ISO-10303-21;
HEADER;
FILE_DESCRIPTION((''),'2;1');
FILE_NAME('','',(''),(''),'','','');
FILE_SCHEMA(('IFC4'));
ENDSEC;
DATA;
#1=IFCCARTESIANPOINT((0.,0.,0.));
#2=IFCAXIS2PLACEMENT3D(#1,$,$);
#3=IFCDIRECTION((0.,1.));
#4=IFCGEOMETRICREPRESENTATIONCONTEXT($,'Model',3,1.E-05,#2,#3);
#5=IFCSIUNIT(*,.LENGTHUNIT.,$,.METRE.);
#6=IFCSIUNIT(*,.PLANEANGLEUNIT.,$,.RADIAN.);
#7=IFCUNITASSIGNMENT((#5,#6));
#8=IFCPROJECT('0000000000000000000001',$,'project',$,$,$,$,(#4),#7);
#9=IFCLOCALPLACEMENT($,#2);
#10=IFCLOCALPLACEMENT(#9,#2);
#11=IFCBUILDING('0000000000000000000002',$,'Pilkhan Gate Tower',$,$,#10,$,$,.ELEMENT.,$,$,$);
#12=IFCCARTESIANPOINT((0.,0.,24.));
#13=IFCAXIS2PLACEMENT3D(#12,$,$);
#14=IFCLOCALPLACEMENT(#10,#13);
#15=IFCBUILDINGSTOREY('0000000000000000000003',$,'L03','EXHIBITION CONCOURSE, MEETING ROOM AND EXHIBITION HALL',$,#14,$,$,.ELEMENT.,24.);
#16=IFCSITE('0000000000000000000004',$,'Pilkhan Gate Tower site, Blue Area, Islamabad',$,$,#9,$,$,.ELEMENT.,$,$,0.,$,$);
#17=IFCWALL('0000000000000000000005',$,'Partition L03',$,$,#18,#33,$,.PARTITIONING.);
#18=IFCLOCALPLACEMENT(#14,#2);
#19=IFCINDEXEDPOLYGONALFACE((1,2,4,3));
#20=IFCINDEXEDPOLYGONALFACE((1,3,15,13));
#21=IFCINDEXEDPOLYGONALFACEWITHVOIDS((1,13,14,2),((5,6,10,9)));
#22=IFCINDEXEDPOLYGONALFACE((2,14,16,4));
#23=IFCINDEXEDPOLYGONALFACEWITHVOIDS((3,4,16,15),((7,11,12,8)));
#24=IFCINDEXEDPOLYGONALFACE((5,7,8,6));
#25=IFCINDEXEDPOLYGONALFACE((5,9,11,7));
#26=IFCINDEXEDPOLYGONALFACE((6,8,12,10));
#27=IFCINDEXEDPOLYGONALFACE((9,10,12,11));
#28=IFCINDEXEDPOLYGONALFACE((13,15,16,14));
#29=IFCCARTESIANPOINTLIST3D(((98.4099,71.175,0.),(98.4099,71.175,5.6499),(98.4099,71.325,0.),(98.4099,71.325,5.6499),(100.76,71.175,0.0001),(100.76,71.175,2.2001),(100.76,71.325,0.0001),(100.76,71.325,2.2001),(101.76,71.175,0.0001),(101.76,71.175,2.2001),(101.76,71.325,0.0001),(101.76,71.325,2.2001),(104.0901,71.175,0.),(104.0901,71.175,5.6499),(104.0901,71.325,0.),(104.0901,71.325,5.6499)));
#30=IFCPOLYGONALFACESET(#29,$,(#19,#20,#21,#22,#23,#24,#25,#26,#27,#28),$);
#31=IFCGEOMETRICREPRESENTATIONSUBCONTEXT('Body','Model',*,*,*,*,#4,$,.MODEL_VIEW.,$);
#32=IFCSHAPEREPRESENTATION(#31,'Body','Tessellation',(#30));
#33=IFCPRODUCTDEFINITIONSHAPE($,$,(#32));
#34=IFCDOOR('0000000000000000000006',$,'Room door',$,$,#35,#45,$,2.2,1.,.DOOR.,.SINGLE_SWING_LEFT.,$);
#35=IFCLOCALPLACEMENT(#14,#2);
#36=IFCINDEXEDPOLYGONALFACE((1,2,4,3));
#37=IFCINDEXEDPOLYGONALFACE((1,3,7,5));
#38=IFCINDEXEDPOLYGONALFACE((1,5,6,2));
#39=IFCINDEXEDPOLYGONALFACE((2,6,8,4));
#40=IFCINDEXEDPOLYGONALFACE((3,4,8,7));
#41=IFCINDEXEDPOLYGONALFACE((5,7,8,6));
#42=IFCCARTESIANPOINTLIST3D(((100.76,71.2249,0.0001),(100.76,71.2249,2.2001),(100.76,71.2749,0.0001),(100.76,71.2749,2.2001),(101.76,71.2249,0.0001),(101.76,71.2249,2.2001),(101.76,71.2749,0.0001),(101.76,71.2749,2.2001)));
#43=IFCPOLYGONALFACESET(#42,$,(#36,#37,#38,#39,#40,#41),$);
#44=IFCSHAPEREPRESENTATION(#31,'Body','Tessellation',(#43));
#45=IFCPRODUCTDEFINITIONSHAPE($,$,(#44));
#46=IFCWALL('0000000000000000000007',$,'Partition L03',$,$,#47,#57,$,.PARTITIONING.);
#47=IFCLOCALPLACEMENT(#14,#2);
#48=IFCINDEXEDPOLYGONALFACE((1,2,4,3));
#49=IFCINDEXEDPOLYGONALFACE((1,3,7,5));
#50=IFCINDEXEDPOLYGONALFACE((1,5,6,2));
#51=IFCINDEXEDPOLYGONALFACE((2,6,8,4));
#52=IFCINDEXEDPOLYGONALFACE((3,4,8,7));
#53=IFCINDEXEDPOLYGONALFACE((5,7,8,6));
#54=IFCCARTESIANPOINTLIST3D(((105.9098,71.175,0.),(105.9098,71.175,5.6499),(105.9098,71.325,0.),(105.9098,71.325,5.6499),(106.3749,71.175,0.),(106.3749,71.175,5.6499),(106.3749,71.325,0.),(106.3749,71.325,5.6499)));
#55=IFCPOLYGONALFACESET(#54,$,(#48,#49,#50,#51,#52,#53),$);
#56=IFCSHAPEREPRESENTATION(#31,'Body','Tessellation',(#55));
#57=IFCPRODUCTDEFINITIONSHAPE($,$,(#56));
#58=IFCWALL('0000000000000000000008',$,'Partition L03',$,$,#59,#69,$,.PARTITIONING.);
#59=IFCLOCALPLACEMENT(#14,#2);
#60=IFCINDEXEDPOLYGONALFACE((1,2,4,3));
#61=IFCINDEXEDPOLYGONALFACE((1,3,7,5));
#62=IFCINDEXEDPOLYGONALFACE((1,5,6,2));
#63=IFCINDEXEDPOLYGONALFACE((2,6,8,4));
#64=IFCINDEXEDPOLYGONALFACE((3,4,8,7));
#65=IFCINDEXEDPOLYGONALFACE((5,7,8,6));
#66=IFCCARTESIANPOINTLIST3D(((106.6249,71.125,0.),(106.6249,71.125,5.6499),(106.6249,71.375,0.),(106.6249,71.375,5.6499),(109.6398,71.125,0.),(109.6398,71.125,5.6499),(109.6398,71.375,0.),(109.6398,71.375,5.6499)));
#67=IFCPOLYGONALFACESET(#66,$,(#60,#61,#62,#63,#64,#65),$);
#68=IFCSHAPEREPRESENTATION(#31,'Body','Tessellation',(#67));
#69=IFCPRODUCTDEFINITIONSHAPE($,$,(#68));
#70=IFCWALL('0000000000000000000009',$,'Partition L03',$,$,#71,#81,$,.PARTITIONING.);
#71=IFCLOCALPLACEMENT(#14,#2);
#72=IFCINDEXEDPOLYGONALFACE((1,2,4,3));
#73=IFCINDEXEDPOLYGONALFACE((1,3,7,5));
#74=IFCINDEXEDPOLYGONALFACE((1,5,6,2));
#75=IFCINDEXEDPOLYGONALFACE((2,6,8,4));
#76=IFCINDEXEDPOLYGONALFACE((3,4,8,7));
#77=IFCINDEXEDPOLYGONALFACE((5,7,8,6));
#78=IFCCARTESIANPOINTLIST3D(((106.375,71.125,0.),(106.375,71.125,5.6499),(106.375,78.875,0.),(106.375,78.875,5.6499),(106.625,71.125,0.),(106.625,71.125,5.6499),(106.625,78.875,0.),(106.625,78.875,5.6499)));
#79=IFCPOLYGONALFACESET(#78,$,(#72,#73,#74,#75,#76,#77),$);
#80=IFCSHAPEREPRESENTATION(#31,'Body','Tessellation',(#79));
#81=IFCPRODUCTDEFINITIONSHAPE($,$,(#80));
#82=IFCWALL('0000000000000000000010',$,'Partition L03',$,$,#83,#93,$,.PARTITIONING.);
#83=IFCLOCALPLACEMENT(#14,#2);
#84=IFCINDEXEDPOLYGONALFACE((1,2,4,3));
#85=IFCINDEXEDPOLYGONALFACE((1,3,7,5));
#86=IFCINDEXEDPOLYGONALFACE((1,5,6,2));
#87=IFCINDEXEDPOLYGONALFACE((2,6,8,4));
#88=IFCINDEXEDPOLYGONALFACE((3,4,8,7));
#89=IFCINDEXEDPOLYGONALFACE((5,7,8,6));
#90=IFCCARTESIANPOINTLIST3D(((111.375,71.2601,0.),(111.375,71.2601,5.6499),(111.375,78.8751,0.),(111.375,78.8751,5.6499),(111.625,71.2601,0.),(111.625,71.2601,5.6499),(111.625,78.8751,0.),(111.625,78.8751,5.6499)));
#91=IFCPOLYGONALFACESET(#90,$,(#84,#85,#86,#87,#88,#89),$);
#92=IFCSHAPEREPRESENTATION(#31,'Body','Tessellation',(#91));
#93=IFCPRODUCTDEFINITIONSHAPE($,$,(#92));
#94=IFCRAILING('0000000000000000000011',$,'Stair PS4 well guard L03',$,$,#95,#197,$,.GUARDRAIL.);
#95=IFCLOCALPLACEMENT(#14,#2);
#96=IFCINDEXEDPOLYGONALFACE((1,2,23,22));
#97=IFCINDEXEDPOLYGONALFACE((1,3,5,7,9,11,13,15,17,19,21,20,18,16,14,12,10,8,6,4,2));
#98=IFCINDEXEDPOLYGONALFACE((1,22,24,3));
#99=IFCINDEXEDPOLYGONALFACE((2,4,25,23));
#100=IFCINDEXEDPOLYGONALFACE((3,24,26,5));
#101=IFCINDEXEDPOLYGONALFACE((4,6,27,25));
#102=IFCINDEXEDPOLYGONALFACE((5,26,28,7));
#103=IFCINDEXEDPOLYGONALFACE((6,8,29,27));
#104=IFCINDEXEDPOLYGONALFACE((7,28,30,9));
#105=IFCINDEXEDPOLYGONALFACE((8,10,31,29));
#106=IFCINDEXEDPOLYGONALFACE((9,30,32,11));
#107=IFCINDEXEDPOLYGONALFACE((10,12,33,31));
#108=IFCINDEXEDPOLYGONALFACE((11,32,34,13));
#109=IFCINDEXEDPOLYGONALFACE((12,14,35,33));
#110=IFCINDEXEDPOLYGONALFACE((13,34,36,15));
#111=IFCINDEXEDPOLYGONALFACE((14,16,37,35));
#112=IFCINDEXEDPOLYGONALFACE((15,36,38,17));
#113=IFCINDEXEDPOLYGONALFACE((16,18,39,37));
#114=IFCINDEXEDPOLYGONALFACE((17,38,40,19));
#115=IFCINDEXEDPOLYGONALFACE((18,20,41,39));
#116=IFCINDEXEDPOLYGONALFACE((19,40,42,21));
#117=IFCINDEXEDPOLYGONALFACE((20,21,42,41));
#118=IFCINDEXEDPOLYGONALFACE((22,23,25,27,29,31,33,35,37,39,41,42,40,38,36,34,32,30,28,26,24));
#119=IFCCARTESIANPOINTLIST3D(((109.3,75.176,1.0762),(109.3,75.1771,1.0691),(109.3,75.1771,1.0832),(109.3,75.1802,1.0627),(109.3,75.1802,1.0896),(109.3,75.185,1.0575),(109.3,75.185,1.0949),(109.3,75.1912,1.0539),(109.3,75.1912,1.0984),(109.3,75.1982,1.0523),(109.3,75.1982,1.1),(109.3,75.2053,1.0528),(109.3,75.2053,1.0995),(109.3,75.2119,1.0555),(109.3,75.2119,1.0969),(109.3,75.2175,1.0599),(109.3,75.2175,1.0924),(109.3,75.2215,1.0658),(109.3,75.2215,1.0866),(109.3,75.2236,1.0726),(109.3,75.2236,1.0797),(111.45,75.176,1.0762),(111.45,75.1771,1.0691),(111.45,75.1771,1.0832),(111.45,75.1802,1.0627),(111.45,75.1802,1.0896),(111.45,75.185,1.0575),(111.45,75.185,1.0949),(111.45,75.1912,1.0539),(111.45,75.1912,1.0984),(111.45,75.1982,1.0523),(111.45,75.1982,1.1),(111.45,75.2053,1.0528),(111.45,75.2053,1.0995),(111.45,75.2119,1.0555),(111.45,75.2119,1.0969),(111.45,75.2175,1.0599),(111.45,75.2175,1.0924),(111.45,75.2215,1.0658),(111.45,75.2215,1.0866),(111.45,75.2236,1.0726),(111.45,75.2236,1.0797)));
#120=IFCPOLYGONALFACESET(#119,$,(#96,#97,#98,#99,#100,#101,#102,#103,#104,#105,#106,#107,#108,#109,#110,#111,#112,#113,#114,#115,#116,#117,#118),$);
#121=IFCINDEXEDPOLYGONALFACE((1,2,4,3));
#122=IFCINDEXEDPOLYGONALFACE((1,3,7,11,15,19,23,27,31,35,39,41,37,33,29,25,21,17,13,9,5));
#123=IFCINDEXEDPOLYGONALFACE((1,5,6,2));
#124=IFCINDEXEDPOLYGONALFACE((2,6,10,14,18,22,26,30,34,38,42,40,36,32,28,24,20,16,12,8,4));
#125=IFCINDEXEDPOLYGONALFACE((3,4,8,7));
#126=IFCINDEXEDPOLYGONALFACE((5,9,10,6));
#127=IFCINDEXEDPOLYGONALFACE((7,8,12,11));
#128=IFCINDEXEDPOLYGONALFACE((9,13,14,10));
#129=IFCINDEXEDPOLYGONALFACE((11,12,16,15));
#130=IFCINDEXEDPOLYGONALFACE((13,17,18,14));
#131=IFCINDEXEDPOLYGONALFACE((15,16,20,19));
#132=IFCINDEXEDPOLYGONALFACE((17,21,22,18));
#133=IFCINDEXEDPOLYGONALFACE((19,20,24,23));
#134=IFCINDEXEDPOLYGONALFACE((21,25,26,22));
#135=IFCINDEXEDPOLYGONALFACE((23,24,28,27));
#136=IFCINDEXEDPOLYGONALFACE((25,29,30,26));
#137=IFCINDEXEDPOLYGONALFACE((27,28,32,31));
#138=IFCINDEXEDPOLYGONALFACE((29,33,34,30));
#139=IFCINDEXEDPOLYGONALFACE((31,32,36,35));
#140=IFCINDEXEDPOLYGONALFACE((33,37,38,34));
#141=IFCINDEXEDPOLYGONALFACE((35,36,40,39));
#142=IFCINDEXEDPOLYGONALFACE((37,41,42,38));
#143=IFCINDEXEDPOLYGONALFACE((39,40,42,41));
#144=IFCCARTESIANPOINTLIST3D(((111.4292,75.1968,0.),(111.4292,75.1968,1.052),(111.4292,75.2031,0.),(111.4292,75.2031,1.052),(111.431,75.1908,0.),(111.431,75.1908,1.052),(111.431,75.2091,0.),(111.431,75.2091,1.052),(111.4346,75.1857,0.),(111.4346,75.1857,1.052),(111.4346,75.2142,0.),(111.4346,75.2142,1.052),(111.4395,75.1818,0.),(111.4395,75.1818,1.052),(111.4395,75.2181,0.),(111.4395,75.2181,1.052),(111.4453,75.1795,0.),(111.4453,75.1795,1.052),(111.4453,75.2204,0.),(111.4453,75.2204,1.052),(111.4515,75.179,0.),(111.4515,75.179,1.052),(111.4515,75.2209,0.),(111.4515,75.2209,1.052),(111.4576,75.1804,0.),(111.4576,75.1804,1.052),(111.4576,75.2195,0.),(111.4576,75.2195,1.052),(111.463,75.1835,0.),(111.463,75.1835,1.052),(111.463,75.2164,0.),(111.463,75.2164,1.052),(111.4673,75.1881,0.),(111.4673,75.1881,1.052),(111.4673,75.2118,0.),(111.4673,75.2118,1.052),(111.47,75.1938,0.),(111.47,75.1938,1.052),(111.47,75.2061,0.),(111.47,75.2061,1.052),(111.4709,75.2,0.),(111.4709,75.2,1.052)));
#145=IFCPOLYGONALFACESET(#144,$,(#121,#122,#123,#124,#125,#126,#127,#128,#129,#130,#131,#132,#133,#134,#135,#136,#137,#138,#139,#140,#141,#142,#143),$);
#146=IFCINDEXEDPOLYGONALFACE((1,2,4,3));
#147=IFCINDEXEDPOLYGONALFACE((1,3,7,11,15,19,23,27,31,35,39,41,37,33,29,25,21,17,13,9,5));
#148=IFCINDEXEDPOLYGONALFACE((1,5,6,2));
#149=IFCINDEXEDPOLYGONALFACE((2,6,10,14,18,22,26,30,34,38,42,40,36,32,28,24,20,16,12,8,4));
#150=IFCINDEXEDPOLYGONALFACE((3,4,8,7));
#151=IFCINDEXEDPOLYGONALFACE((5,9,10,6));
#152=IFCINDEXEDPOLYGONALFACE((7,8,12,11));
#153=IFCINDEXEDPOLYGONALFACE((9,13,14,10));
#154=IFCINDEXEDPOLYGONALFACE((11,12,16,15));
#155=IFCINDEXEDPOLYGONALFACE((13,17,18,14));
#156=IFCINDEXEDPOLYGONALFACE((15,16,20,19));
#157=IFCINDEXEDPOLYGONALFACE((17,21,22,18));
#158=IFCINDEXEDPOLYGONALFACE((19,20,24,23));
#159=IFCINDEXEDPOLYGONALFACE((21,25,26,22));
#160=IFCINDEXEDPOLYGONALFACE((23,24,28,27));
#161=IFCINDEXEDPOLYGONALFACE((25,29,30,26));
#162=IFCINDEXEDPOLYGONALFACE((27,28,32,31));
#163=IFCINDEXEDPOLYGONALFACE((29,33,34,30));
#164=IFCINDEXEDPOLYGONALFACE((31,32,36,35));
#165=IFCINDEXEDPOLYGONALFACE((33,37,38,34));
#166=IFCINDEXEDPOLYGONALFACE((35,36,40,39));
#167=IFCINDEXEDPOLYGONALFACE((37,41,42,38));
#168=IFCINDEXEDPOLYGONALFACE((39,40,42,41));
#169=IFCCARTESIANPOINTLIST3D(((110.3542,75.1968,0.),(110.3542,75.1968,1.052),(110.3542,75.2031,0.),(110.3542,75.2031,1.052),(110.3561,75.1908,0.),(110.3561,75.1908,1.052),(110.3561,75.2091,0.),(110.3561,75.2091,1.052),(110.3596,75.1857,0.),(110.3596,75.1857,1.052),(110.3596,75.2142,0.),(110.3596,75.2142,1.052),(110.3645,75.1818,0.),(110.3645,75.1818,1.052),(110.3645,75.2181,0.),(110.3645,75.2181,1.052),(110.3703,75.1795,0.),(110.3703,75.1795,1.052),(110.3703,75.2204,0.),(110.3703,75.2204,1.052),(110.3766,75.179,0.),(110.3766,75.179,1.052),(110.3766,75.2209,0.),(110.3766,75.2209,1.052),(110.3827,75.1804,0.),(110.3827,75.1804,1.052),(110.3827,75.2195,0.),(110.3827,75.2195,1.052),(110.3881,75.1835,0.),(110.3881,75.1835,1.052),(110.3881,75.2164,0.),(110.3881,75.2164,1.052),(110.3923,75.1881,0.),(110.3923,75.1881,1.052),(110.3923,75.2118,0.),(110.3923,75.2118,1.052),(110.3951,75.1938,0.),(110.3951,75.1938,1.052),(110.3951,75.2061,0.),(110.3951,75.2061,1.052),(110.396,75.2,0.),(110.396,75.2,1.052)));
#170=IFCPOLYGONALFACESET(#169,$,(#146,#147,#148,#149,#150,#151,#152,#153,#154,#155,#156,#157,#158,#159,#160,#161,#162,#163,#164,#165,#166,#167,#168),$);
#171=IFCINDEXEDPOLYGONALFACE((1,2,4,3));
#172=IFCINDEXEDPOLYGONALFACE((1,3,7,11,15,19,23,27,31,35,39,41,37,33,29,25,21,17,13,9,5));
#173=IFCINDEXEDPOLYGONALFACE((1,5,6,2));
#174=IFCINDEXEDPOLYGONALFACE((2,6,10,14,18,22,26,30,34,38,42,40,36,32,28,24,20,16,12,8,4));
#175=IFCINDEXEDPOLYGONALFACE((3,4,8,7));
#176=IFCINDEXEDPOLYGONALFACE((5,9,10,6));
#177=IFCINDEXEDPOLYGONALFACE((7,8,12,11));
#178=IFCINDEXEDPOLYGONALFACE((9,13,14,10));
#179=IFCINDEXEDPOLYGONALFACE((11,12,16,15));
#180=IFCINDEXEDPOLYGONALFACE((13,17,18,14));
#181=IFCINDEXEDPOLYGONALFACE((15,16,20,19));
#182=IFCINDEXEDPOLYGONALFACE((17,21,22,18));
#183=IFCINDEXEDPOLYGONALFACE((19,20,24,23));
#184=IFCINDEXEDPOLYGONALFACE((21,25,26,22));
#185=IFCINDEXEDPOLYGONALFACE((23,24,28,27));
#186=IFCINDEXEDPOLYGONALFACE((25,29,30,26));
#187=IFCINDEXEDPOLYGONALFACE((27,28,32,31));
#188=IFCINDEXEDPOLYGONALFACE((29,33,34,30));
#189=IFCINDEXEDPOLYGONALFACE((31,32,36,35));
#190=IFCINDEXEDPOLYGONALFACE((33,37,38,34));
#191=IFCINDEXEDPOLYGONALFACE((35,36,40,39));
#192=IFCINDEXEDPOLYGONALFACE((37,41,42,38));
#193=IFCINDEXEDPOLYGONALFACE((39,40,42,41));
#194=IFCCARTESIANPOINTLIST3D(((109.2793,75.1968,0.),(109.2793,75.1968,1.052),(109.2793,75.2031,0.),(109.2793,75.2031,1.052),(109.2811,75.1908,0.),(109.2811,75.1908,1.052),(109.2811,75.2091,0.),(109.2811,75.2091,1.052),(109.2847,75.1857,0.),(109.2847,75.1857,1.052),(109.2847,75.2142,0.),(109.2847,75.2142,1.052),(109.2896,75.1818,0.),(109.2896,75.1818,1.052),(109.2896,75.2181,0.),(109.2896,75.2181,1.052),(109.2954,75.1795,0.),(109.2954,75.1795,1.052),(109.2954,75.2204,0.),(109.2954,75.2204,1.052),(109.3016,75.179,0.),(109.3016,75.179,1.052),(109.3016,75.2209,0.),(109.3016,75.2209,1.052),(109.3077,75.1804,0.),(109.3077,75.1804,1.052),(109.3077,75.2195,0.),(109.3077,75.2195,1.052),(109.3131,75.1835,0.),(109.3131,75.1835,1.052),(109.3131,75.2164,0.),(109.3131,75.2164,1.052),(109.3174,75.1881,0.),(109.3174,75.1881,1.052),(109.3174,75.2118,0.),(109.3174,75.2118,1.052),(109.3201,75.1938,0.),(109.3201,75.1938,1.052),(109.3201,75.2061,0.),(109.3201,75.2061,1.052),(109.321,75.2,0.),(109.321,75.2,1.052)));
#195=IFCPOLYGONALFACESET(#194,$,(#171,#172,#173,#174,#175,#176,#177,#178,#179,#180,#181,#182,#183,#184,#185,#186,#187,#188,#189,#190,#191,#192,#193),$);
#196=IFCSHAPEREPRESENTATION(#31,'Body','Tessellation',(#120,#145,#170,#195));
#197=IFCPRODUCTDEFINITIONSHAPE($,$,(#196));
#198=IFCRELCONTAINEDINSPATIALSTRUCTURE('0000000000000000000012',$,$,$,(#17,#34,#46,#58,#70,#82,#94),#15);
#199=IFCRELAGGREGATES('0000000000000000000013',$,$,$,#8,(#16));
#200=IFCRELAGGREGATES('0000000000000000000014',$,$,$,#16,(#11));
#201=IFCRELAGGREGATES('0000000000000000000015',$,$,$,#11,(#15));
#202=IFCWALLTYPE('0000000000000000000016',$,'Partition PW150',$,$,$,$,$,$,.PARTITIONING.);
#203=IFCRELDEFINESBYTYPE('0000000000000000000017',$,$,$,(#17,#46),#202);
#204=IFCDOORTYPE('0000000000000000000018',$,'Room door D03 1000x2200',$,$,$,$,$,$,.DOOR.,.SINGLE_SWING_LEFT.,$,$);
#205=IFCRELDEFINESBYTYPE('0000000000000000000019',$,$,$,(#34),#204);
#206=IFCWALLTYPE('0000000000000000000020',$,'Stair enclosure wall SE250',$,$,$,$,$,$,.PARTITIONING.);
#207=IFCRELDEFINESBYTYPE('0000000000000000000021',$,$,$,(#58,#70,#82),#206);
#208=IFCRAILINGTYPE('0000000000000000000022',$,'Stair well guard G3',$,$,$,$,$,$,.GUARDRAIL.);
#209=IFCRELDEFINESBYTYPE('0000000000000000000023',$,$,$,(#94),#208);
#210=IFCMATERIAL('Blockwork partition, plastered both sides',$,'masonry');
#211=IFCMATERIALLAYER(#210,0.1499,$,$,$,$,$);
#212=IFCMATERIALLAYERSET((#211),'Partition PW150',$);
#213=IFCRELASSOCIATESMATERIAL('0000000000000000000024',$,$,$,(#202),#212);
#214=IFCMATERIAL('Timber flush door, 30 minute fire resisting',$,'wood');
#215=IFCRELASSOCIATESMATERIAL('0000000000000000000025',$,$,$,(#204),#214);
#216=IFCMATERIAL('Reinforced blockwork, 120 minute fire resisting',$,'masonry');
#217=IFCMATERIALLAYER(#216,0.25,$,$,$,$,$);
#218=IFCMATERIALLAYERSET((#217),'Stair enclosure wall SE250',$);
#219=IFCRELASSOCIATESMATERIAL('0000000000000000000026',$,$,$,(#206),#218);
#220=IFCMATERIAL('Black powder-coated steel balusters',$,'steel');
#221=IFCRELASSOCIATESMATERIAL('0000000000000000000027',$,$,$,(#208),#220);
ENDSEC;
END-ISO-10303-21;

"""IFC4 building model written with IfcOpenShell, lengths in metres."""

from ifc_helpers import new_model, si_unit, direction, frame, frame_2d, origin, origin_2d, place, context, subcontext, project, spatial, rectangle, circle, extrude, material, layer, layer_set, type_object, element, fill, save


model = new_model("IFC4")

# Units and contexts
model_context = context("Model", 3, precision=1e-05, world=origin(), true_north=direction((0.0, 1.0)))
body_context = subcontext(model_context, "Body", "Model", "MODEL_VIEW")
ifc_project = project(units=[si_unit("LENGTHUNIT", "METRE"), si_unit("PLANEANGLEUNIT", "RADIAN")], contexts=[model_context])

# Site, building, storey
site_placement = place(None, origin())
site = spatial("IfcSite", under=ifc_project, at=site_placement, Name="Pilkhan Gate Tower site, Blue Area, Islamabad", CompositionType="ELEMENT", RefElevation=0.0)
building_placement = place(site_placement, origin())
building = spatial("IfcBuilding", under=site, at=building_placement, Name="Pilkhan Gate Tower", CompositionType="ELEMENT")
storey_placement = place(building_placement, frame((0.0, 0.0, 24.0)))
storey = spatial("IfcBuildingStorey", under=building, at=storey_placement, Name="L03", Description="EXHIBITION CONCOURSE, MEETING ROOM AND EXHIBITION HALL", CompositionType="ELEMENT", Elevation=24.0)

# Wall, opening, door
ifc_material_1 = material(Name="Blockwork partition, plastered both sides", Category="masonry")
ifc_layer_1 = layer(ifc_material_1, 0.1499)
ifc_layer_set_1 = layer_set([ifc_layer_1], Name="Partition PW150")
wall_type_1 = type_object("IfcWallType", Name="Partition PW150", PredefinedType="PARTITIONING", material=ifc_layer_set_1)
wall_1_placement = place(storey_placement, frame((98.4099, 71.25, 0.0), z_axis=(0.0, 0.0, 1.0), x_axis=(1.0, 0.0, 0.0)))
wall_1 = element("IfcWall", 1, at=wall_1_placement, inside=storey, type_object=wall_type_1, Name="Partition L03", PredefinedType="PARTITIONING", context=body_context, shape_type="SweptSolid", body=[
    extrude(rectangle(XDim=5.6802, YDim=0.1499, at=frame_2d((2.8401, 0.0))), origin(), (0.0, 0.0, 1.0), 5.6499),
])
opening_placement = place(wall_1_placement, frame((2.3501, 0.0, 0.0)))
opening = element("IfcOpeningElement", 2, at=opening_placement, cuts=wall_1, PredefinedType="OPENING", context=body_context, shape_type="SweptSolid", body=[
    extrude(rectangle(XDim=1.0, YDim=2.2, at=frame_2d((0.5, 1.1001))), frame((0.0, 0.085, 0.0), z_axis=(0.0, -1.0, 0.0), x_axis=(1.0, 0.0, 0.0)), (0.0, 0.0, 1.0), 0.1699),
])
ifc_material_2 = material(Name="Timber flush door, 30 minute fire resisting", Category="wood")
door_type = type_object("IfcDoorType", Name="Room door D03 1000x2200", OperationType="SINGLE_SWING_LEFT", PredefinedType="DOOR", material=ifc_material_2)
door_placement = place(opening_placement, origin())
door = element("IfcDoor", 3, at=door_placement, inside=storey, type_object=door_type, Name="Room door", OperationType="SINGLE_SWING_LEFT", OverallHeight=2.2, OverallWidth=1.0, PredefinedType="DOOR", context=body_context, shape_type="SweptSolid", body=[
    extrude(rectangle(XDim=1.0, YDim=2.2, at=frame_2d((0.5, 1.1001))), frame((0.0, 0.0249, 0.0), z_axis=(0.0, -1.0, 0.0), x_axis=(1.0, 0.0, 0.0)), (0.0, 0.0, 1.0), 0.05),
])
fill(opening, door)

# Walls
wall_2_placement = place(storey_placement, frame((105.9099, 71.25, 0.0), z_axis=(0.0, 0.0, 1.0), x_axis=(1.0, 0.0, 0.0)))
element("IfcWall", 4, at=wall_2_placement, inside=storey, type_object=wall_type_1, Name="Partition L03", PredefinedType="PARTITIONING", context=body_context, shape_type="SweptSolid", body=[
    extrude(rectangle(XDim=0.4651, YDim=0.1499, at=frame_2d((0.2324, 0.0))), origin(), (0.0, 0.0, 1.0), 5.6499),
])
ifc_material_3 = material(Name="Reinforced blockwork, 120 minute fire resisting", Category="masonry")
ifc_layer_2 = layer(ifc_material_3, 0.25)
ifc_layer_set_2 = layer_set([ifc_layer_2], Name="Stair enclosure wall SE250")
wall_type_2 = type_object("IfcWallType", Name="Stair enclosure wall SE250", PredefinedType="PARTITIONING", material=ifc_layer_set_2)
wall_3_placement = place(storey_placement, frame((106.625, 71.25, 0.0), z_axis=(0.0, 0.0, 1.0), x_axis=(1.0, 0.0, 0.0)))
element("IfcWall", 5, at=wall_3_placement, inside=storey, type_object=wall_type_2, Name="Partition L03", PredefinedType="PARTITIONING", context=body_context, shape_type="SweptSolid", body=[
    extrude(rectangle(XDim=3.0149, YDim=0.25, at=frame_2d((1.5073, 0.0))), origin(), (0.0, 0.0, 1.0), 5.6499),
])
wall_4_placement = place(storey_placement, frame((106.5, 71.125, 0.0), z_axis=(0.0, 0.0, 1.0), x_axis=(0.0, 1.0, 0.0)))
element("IfcWall", 6, at=wall_4_placement, inside=storey, type_object=wall_type_2, Name="Partition L03", PredefinedType="PARTITIONING", context=body_context, shape_type="SweptSolid", body=[
    extrude(rectangle(XDim=7.75, YDim=0.25, at=frame_2d((3.875, 0.0))), origin(), (0.0, 0.0, 1.0), 5.6499),
])
wall_5_placement = place(storey_placement, frame((111.5, 71.26, 0.0), z_axis=(0.0, 0.0, 1.0), x_axis=(0.0, 1.0, 0.0)))
element("IfcWall", 7, at=wall_5_placement, inside=storey, type_object=wall_type_2, Name="Partition L03", PredefinedType="PARTITIONING", context=body_context, shape_type="SweptSolid", body=[
    extrude(rectangle(XDim=7.615, YDim=0.25, at=frame_2d((3.8076, 0.0))), origin(), (0.0, 0.0, 1.0), 5.6499),
])

# Railing
ifc_material_4 = material(Name="Black powder-coated steel balusters", Category="steel")
railing_type = type_object("IfcRailingType", Name="Stair well guard G3", PredefinedType="GUARDRAIL", material=ifc_material_4)
railing_1_placement = place(storey_placement, frame((111.45, 75.2, 0.0)))
element("IfcRailing", 8, at=railing_1_placement, inside=storey, type_object=railing_type, Name="Stair PS4 well guard L03", PredefinedType="GUARDRAIL", context=body_context, shape_type="SweptSolid", body=[
    extrude(circle(Radius=0.0239, at=origin_2d()), frame((0.0, 0.0, 1.0762), z_axis=(-1.0, 0.0, 0.0), x_axis=(0.0, -1.0, 0.0)), (0.0, 0.0, 1.0), 2.1499),
    extrude(circle(Radius=0.021, at=origin_2d()), origin(), (0.0, 0.0, 1.0), 1.052),
    extrude(circle(Radius=0.021, at=origin_2d()), frame((-1.075, 0.0, 0.0)), (0.0, 0.0, 1.0), 1.052),
    extrude(circle(Radius=0.021, at=origin_2d()), frame((-2.1499, 0.0, 0.0)), (0.0, 0.0, 1.0), 1.052),
])

save(model, "model.ifc")
